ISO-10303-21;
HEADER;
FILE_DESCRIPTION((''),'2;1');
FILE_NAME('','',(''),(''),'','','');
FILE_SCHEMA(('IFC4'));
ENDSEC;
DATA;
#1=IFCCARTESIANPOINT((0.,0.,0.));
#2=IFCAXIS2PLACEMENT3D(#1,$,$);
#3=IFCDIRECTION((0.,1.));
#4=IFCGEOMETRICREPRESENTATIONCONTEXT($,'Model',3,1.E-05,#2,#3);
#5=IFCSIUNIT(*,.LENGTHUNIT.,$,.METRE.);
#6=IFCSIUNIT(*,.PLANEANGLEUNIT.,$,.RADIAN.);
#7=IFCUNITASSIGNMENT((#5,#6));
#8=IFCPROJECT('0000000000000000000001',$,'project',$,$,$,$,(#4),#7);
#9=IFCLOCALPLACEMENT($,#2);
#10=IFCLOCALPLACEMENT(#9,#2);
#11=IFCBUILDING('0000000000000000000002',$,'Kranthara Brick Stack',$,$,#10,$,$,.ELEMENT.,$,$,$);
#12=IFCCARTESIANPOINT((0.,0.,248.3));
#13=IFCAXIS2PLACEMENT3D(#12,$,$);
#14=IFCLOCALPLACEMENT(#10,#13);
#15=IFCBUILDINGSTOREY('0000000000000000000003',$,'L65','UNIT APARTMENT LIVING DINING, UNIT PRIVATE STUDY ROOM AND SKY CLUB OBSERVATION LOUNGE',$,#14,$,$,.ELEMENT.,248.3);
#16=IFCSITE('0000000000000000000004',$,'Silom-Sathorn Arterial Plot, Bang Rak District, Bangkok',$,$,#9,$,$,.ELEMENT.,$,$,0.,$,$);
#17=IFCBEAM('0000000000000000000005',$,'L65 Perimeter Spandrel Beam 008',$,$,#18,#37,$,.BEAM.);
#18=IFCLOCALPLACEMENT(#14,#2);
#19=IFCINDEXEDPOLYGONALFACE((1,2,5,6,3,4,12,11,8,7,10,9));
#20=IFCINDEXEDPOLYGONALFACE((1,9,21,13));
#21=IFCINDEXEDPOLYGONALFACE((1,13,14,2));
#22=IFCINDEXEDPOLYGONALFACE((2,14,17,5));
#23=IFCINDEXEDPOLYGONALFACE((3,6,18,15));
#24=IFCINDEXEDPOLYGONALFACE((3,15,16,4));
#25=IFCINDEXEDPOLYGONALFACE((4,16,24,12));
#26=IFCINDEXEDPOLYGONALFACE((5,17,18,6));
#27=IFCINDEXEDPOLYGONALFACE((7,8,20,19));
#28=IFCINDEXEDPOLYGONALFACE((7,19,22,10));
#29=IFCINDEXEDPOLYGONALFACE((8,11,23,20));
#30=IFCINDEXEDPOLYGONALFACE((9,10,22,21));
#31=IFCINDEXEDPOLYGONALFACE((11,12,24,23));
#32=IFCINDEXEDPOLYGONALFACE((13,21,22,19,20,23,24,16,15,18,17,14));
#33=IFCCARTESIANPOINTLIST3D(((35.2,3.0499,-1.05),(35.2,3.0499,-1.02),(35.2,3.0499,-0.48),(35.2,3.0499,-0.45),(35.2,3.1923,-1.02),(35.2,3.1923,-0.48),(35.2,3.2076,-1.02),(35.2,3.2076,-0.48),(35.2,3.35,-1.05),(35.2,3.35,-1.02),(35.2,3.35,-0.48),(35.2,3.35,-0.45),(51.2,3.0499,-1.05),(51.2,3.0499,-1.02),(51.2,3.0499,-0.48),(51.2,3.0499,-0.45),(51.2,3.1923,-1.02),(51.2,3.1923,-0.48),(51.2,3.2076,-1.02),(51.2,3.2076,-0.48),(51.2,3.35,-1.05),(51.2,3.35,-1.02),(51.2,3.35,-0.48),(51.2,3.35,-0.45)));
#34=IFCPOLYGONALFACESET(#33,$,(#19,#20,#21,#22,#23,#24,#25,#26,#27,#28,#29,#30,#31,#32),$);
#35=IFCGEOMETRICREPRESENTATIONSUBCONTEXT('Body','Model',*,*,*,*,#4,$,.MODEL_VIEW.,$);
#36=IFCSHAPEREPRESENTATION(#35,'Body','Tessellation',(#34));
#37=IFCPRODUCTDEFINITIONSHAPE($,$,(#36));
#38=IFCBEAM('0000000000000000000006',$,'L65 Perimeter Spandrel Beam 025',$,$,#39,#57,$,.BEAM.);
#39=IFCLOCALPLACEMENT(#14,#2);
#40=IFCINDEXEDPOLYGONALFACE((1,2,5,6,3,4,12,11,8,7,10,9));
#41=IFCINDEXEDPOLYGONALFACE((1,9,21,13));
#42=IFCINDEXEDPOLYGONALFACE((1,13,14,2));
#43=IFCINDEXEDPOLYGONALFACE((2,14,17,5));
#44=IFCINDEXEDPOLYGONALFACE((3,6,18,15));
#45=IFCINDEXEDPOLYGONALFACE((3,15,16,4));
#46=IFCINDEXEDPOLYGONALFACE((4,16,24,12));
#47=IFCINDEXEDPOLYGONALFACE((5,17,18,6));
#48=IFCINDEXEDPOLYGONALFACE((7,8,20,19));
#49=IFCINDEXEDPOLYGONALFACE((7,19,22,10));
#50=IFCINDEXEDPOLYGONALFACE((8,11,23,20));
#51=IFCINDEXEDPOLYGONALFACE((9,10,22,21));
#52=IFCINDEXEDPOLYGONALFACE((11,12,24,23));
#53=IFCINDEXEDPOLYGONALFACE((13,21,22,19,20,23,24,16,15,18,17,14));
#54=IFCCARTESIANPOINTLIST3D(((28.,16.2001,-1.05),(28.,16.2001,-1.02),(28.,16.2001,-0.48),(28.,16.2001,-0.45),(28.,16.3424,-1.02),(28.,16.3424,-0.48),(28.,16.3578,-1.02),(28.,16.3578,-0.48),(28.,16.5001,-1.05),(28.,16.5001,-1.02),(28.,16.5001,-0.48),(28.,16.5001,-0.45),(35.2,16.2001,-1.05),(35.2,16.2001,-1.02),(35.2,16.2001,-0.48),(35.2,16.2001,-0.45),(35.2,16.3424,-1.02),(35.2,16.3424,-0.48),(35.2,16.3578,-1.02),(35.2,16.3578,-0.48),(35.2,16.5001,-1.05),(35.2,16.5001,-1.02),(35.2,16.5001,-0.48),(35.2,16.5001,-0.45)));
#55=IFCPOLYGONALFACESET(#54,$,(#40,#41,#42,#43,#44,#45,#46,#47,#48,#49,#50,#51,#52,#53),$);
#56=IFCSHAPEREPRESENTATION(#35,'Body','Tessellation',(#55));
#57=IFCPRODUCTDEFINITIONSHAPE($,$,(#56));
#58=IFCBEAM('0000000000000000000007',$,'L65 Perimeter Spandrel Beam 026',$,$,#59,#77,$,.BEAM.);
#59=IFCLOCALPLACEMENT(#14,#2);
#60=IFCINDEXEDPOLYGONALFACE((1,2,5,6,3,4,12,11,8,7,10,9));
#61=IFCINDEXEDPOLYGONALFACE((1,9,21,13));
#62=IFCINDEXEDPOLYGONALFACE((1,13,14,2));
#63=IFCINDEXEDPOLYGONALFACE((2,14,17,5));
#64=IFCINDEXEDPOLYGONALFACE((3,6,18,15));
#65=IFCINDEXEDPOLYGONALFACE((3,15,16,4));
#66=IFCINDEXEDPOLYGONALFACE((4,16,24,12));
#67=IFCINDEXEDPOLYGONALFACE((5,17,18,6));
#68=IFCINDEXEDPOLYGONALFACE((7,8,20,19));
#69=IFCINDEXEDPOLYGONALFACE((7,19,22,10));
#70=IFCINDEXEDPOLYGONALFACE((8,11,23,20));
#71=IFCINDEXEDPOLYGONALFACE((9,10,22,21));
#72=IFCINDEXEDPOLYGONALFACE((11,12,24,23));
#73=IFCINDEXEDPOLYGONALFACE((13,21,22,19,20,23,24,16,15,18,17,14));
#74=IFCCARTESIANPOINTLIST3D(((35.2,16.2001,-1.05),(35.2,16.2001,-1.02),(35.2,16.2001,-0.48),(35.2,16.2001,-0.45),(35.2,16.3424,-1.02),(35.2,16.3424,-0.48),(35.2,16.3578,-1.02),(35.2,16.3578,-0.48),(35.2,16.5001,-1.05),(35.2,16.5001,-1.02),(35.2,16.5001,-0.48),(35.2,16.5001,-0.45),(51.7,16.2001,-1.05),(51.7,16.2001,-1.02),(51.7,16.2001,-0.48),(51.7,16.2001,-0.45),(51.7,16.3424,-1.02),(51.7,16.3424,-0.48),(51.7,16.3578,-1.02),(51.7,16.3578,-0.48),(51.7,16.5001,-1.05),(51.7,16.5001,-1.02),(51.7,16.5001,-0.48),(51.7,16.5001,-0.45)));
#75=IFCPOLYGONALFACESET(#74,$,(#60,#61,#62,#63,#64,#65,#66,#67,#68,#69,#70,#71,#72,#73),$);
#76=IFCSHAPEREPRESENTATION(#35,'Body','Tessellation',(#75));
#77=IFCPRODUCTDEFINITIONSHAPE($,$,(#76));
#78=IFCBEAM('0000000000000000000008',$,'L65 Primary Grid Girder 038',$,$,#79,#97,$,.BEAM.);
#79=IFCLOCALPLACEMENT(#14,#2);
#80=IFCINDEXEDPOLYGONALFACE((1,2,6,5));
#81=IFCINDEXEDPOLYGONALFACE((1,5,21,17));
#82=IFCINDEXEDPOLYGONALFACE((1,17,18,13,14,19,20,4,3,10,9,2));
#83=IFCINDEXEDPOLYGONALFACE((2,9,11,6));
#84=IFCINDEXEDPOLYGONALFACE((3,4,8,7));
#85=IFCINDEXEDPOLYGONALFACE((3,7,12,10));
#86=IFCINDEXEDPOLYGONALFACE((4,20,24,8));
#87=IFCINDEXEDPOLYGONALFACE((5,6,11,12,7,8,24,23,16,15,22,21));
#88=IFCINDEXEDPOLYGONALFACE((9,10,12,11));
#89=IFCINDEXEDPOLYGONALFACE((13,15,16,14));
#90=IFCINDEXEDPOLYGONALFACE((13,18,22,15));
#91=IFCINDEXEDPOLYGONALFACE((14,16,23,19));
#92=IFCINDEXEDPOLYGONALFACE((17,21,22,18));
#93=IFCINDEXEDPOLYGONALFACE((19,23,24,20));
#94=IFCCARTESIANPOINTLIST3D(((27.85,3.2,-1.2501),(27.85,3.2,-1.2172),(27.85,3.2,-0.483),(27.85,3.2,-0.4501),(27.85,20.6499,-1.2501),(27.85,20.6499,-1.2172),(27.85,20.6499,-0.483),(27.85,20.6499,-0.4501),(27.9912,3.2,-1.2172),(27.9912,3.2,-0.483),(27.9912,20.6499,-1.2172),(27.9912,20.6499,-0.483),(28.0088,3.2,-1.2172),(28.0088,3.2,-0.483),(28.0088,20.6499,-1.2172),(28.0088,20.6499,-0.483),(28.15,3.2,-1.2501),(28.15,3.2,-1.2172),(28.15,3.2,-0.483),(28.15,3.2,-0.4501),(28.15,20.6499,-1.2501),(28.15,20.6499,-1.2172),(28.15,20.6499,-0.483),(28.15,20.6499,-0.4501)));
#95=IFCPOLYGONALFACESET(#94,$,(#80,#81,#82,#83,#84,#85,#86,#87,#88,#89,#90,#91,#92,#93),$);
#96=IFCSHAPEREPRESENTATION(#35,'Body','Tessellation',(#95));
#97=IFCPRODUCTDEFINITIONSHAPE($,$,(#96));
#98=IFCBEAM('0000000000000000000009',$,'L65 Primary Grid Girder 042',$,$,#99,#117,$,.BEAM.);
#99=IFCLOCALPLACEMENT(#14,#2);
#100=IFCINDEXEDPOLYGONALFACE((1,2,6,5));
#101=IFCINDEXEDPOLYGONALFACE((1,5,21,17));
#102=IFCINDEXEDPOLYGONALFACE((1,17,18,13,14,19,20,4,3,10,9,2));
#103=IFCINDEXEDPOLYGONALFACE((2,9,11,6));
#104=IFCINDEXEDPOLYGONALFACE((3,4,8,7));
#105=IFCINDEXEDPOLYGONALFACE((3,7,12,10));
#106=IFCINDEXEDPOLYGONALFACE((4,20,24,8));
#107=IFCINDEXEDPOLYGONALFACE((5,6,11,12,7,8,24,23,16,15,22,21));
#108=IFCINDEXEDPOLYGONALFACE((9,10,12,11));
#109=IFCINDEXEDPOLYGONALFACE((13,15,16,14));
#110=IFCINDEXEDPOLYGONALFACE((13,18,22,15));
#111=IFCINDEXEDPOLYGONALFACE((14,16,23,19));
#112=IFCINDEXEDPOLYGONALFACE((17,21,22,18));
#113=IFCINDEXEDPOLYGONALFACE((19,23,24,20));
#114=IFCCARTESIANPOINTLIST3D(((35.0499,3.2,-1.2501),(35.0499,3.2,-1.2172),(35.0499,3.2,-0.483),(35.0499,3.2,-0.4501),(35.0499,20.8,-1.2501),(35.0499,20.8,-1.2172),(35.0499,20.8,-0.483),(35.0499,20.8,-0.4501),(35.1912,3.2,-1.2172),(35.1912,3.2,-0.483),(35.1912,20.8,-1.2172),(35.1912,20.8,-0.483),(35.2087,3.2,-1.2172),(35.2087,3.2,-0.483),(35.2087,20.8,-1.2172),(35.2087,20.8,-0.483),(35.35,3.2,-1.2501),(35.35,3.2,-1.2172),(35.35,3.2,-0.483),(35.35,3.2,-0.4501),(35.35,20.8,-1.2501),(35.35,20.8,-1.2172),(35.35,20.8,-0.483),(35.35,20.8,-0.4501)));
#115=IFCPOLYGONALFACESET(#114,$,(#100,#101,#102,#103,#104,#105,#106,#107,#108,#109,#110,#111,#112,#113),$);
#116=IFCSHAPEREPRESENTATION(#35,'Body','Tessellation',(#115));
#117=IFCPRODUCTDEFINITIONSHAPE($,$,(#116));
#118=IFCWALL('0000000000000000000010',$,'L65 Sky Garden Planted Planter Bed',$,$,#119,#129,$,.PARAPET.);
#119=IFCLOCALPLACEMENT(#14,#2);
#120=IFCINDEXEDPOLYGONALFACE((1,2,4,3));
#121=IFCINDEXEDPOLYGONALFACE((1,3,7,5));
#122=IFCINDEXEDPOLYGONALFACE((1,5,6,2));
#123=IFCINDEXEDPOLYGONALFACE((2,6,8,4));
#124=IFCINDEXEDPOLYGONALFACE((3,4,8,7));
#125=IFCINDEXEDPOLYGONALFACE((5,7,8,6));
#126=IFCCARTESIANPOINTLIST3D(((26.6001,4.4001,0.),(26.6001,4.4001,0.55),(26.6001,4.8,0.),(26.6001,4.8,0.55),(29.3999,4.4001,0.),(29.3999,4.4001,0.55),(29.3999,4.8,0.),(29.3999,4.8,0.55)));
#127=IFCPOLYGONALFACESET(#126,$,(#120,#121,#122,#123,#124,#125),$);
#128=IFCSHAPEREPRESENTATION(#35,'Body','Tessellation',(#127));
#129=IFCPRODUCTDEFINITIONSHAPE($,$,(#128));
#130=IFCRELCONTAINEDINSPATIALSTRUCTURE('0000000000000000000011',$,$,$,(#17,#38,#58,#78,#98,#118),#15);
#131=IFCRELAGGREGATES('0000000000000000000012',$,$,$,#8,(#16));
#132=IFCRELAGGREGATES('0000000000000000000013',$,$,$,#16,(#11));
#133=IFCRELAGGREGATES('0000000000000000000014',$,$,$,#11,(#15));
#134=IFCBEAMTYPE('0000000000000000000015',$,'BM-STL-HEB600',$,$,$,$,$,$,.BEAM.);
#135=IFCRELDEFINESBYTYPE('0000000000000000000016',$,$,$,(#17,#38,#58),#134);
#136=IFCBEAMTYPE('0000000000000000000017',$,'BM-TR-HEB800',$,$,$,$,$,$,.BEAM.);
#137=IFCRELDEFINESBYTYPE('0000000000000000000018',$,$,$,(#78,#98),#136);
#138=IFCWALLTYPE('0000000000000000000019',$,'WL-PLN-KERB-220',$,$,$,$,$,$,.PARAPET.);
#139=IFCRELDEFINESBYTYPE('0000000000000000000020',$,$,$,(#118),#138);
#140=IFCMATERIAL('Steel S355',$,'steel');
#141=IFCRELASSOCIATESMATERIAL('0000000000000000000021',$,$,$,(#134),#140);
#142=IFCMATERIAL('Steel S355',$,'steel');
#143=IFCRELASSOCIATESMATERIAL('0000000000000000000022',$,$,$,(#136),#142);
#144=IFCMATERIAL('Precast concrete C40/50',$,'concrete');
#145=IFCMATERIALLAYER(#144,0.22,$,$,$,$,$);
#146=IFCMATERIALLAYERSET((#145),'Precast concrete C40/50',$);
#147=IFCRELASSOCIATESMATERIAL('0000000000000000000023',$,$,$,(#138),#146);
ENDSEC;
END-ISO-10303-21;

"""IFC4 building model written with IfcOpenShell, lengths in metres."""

from ifc_helpers import new_model, si_unit, direction, frame, frame_2d, origin, origin_2d, place, context, subcontext, project, spatial, rectangle, i_section, extrude, material, layer, layer_set, material_profile, profile_set, type_object, element, save


model = new_model("IFC4")

# Units and contexts
model_context = context("Model", 3, precision=1e-05, world=origin(), true_north=direction((0.0, 1.0)))
body_context = subcontext(model_context, "Body", "Model", "MODEL_VIEW")
ifc_project = project(units=[si_unit("LENGTHUNIT", "METRE"), si_unit("PLANEANGLEUNIT", "RADIAN")], contexts=[model_context])

# Site, building, storey
site_placement = place(None, origin())
site = spatial("IfcSite", under=ifc_project, at=site_placement, Name="Silom-Sathorn Arterial Plot, Bang Rak District, Bangkok", CompositionType="ELEMENT", RefElevation=0.0)
building_placement = place(site_placement, origin())
building = spatial("IfcBuilding", under=site, at=building_placement, Name="Kranthara Brick Stack", CompositionType="ELEMENT")
storey_placement = place(building_placement, frame((0.0, 0.0, 248.3)))
storey = spatial("IfcBuildingStorey", under=building, at=storey_placement, Name="L65", Description="UNIT APARTMENT LIVING DINING, UNIT PRIVATE STUDY ROOM AND SKY CLUB OBSERVATION LOUNGE", CompositionType="ELEMENT", Elevation=248.3)

# Beams
ifc_material_1 = material(Name="Steel S355", Category="steel")
ifc_material_profile_1 = material_profile(ifc_material_1, i_section(OverallWidth=0.3, OverallDepth=0.6001, WebThickness=0.0154, FlangeThickness=0.03, at=origin_2d()), Name="HEB 600")
ifc_profile_set_1 = profile_set([ifc_material_profile_1], Name="Steel S355")
beam_type_1 = type_object("IfcBeamType", Name="BM-STL-HEB600", PredefinedType="BEAM", material=ifc_profile_set_1)
beam_1_placement = place(storey_placement, frame((35.2, 3.2, -0.75), z_axis=(1.0, 0.0, 0.0), x_axis=(0.0, 1.0, 0.0)))
element("IfcBeam", 1, at=beam_1_placement, inside=storey, type_object=beam_type_1, Name="L65 Perimeter Spandrel Beam 008", PredefinedType="BEAM", context=body_context, shape_type="SweptSolid", body=[
    extrude(i_section(OverallWidth=0.3, OverallDepth=0.6001, WebThickness=0.0154, FlangeThickness=0.03, at=origin_2d()), origin(), (0.0, 0.0, 1.0), 16.0),
])
beam_2_placement = place(storey_placement, frame((28.0, 16.3501, -0.75), z_axis=(1.0, 0.0, 0.0), x_axis=(0.0, 1.0, 0.0)))
element("IfcBeam", 2, at=beam_2_placement, inside=storey, type_object=beam_type_1, Name="L65 Perimeter Spandrel Beam 025", PredefinedType="BEAM", context=body_context, shape_type="SweptSolid", body=[
    extrude(i_section(OverallWidth=0.3, OverallDepth=0.6001, WebThickness=0.0154, FlangeThickness=0.03, at=origin_2d()), origin(), (0.0, 0.0, 1.0), 7.2),
])
beam_3_placement = place(storey_placement, frame((35.2, 16.3501, -0.75), z_axis=(1.0, 0.0, 0.0), x_axis=(0.0, 1.0, 0.0)))
element("IfcBeam", 3, at=beam_3_placement, inside=storey, type_object=beam_type_1, Name="L65 Perimeter Spandrel Beam 026", PredefinedType="BEAM", context=body_context, shape_type="SweptSolid", body=[
    extrude(i_section(OverallWidth=0.3, OverallDepth=0.6001, WebThickness=0.0154, FlangeThickness=0.03, at=origin_2d()), origin(), (0.0, 0.0, 1.0), 16.5),
])
ifc_material_2 = material(Name="Steel S355", Category="steel")
ifc_material_profile_2 = material_profile(ifc_material_2, i_section(OverallWidth=0.3, OverallDepth=0.8, WebThickness=0.0176, FlangeThickness=0.033, at=origin_2d()), Name="HEB 800")
ifc_profile_set_2 = profile_set([ifc_material_profile_2], Name="Steel S355")
beam_type_2 = type_object("IfcBeamType", Name="BM-TR-HEB800", PredefinedType="BEAM", material=ifc_profile_set_2)
beam_4_placement = place(storey_placement, frame((28.0, 3.2, -0.8501), z_axis=(0.0, 1.0, 0.0), x_axis=(-1.0, 0.0, 0.0)))
element("IfcBeam", 4, at=beam_4_placement, inside=storey, type_object=beam_type_2, Name="L65 Primary Grid Girder 038", PredefinedType="BEAM", context=body_context, shape_type="SweptSolid", body=[
    extrude(i_section(OverallWidth=0.3, OverallDepth=0.8, WebThickness=0.0176, FlangeThickness=0.033, at=origin_2d()), origin(), (0.0, 0.0, 1.0), 17.45),
])
beam_5_placement = place(storey_placement, frame((35.2, 3.2, -0.8501), z_axis=(0.0, 1.0, 0.0), x_axis=(-1.0, 0.0, 0.0)))
element("IfcBeam", 5, at=beam_5_placement, inside=storey, type_object=beam_type_2, Name="L65 Primary Grid Girder 042", PredefinedType="BEAM", context=body_context, shape_type="SweptSolid", body=[
    extrude(i_section(OverallWidth=0.3, OverallDepth=0.8, WebThickness=0.0176, FlangeThickness=0.033, at=origin_2d()), origin(), (0.0, 0.0, 1.0), 17.6001),
])

# Wall
ifc_material_3 = material(Name="Precast concrete C40/50", Category="concrete")
ifc_layer = layer(ifc_material_3, 0.22)
ifc_layer_set = layer_set([ifc_layer], Name="Precast concrete C40/50")
wall_type = type_object("IfcWallType", Name="WL-PLN-KERB-220", PredefinedType="PARAPET", material=ifc_layer_set)
wall_placement = place(storey_placement, frame((26.6001, 4.6001, 0.0), z_axis=(0.0, 0.0, 1.0), x_axis=(1.0, 0.0, 0.0)))
element("IfcWall", 6, at=wall_placement, inside=storey, type_object=wall_type, Name="L65 Sky Garden Planted Planter Bed", PredefinedType="PARAPET", context=body_context, shape_type="SweptSolid", body=[
    extrude(rectangle(XDim=2.7998, YDim=0.3999, at=frame_2d((1.3999, 0.0))), origin(), (0.0, 0.0, 1.0), 0.55),
])

save(model, "model.ifc")
